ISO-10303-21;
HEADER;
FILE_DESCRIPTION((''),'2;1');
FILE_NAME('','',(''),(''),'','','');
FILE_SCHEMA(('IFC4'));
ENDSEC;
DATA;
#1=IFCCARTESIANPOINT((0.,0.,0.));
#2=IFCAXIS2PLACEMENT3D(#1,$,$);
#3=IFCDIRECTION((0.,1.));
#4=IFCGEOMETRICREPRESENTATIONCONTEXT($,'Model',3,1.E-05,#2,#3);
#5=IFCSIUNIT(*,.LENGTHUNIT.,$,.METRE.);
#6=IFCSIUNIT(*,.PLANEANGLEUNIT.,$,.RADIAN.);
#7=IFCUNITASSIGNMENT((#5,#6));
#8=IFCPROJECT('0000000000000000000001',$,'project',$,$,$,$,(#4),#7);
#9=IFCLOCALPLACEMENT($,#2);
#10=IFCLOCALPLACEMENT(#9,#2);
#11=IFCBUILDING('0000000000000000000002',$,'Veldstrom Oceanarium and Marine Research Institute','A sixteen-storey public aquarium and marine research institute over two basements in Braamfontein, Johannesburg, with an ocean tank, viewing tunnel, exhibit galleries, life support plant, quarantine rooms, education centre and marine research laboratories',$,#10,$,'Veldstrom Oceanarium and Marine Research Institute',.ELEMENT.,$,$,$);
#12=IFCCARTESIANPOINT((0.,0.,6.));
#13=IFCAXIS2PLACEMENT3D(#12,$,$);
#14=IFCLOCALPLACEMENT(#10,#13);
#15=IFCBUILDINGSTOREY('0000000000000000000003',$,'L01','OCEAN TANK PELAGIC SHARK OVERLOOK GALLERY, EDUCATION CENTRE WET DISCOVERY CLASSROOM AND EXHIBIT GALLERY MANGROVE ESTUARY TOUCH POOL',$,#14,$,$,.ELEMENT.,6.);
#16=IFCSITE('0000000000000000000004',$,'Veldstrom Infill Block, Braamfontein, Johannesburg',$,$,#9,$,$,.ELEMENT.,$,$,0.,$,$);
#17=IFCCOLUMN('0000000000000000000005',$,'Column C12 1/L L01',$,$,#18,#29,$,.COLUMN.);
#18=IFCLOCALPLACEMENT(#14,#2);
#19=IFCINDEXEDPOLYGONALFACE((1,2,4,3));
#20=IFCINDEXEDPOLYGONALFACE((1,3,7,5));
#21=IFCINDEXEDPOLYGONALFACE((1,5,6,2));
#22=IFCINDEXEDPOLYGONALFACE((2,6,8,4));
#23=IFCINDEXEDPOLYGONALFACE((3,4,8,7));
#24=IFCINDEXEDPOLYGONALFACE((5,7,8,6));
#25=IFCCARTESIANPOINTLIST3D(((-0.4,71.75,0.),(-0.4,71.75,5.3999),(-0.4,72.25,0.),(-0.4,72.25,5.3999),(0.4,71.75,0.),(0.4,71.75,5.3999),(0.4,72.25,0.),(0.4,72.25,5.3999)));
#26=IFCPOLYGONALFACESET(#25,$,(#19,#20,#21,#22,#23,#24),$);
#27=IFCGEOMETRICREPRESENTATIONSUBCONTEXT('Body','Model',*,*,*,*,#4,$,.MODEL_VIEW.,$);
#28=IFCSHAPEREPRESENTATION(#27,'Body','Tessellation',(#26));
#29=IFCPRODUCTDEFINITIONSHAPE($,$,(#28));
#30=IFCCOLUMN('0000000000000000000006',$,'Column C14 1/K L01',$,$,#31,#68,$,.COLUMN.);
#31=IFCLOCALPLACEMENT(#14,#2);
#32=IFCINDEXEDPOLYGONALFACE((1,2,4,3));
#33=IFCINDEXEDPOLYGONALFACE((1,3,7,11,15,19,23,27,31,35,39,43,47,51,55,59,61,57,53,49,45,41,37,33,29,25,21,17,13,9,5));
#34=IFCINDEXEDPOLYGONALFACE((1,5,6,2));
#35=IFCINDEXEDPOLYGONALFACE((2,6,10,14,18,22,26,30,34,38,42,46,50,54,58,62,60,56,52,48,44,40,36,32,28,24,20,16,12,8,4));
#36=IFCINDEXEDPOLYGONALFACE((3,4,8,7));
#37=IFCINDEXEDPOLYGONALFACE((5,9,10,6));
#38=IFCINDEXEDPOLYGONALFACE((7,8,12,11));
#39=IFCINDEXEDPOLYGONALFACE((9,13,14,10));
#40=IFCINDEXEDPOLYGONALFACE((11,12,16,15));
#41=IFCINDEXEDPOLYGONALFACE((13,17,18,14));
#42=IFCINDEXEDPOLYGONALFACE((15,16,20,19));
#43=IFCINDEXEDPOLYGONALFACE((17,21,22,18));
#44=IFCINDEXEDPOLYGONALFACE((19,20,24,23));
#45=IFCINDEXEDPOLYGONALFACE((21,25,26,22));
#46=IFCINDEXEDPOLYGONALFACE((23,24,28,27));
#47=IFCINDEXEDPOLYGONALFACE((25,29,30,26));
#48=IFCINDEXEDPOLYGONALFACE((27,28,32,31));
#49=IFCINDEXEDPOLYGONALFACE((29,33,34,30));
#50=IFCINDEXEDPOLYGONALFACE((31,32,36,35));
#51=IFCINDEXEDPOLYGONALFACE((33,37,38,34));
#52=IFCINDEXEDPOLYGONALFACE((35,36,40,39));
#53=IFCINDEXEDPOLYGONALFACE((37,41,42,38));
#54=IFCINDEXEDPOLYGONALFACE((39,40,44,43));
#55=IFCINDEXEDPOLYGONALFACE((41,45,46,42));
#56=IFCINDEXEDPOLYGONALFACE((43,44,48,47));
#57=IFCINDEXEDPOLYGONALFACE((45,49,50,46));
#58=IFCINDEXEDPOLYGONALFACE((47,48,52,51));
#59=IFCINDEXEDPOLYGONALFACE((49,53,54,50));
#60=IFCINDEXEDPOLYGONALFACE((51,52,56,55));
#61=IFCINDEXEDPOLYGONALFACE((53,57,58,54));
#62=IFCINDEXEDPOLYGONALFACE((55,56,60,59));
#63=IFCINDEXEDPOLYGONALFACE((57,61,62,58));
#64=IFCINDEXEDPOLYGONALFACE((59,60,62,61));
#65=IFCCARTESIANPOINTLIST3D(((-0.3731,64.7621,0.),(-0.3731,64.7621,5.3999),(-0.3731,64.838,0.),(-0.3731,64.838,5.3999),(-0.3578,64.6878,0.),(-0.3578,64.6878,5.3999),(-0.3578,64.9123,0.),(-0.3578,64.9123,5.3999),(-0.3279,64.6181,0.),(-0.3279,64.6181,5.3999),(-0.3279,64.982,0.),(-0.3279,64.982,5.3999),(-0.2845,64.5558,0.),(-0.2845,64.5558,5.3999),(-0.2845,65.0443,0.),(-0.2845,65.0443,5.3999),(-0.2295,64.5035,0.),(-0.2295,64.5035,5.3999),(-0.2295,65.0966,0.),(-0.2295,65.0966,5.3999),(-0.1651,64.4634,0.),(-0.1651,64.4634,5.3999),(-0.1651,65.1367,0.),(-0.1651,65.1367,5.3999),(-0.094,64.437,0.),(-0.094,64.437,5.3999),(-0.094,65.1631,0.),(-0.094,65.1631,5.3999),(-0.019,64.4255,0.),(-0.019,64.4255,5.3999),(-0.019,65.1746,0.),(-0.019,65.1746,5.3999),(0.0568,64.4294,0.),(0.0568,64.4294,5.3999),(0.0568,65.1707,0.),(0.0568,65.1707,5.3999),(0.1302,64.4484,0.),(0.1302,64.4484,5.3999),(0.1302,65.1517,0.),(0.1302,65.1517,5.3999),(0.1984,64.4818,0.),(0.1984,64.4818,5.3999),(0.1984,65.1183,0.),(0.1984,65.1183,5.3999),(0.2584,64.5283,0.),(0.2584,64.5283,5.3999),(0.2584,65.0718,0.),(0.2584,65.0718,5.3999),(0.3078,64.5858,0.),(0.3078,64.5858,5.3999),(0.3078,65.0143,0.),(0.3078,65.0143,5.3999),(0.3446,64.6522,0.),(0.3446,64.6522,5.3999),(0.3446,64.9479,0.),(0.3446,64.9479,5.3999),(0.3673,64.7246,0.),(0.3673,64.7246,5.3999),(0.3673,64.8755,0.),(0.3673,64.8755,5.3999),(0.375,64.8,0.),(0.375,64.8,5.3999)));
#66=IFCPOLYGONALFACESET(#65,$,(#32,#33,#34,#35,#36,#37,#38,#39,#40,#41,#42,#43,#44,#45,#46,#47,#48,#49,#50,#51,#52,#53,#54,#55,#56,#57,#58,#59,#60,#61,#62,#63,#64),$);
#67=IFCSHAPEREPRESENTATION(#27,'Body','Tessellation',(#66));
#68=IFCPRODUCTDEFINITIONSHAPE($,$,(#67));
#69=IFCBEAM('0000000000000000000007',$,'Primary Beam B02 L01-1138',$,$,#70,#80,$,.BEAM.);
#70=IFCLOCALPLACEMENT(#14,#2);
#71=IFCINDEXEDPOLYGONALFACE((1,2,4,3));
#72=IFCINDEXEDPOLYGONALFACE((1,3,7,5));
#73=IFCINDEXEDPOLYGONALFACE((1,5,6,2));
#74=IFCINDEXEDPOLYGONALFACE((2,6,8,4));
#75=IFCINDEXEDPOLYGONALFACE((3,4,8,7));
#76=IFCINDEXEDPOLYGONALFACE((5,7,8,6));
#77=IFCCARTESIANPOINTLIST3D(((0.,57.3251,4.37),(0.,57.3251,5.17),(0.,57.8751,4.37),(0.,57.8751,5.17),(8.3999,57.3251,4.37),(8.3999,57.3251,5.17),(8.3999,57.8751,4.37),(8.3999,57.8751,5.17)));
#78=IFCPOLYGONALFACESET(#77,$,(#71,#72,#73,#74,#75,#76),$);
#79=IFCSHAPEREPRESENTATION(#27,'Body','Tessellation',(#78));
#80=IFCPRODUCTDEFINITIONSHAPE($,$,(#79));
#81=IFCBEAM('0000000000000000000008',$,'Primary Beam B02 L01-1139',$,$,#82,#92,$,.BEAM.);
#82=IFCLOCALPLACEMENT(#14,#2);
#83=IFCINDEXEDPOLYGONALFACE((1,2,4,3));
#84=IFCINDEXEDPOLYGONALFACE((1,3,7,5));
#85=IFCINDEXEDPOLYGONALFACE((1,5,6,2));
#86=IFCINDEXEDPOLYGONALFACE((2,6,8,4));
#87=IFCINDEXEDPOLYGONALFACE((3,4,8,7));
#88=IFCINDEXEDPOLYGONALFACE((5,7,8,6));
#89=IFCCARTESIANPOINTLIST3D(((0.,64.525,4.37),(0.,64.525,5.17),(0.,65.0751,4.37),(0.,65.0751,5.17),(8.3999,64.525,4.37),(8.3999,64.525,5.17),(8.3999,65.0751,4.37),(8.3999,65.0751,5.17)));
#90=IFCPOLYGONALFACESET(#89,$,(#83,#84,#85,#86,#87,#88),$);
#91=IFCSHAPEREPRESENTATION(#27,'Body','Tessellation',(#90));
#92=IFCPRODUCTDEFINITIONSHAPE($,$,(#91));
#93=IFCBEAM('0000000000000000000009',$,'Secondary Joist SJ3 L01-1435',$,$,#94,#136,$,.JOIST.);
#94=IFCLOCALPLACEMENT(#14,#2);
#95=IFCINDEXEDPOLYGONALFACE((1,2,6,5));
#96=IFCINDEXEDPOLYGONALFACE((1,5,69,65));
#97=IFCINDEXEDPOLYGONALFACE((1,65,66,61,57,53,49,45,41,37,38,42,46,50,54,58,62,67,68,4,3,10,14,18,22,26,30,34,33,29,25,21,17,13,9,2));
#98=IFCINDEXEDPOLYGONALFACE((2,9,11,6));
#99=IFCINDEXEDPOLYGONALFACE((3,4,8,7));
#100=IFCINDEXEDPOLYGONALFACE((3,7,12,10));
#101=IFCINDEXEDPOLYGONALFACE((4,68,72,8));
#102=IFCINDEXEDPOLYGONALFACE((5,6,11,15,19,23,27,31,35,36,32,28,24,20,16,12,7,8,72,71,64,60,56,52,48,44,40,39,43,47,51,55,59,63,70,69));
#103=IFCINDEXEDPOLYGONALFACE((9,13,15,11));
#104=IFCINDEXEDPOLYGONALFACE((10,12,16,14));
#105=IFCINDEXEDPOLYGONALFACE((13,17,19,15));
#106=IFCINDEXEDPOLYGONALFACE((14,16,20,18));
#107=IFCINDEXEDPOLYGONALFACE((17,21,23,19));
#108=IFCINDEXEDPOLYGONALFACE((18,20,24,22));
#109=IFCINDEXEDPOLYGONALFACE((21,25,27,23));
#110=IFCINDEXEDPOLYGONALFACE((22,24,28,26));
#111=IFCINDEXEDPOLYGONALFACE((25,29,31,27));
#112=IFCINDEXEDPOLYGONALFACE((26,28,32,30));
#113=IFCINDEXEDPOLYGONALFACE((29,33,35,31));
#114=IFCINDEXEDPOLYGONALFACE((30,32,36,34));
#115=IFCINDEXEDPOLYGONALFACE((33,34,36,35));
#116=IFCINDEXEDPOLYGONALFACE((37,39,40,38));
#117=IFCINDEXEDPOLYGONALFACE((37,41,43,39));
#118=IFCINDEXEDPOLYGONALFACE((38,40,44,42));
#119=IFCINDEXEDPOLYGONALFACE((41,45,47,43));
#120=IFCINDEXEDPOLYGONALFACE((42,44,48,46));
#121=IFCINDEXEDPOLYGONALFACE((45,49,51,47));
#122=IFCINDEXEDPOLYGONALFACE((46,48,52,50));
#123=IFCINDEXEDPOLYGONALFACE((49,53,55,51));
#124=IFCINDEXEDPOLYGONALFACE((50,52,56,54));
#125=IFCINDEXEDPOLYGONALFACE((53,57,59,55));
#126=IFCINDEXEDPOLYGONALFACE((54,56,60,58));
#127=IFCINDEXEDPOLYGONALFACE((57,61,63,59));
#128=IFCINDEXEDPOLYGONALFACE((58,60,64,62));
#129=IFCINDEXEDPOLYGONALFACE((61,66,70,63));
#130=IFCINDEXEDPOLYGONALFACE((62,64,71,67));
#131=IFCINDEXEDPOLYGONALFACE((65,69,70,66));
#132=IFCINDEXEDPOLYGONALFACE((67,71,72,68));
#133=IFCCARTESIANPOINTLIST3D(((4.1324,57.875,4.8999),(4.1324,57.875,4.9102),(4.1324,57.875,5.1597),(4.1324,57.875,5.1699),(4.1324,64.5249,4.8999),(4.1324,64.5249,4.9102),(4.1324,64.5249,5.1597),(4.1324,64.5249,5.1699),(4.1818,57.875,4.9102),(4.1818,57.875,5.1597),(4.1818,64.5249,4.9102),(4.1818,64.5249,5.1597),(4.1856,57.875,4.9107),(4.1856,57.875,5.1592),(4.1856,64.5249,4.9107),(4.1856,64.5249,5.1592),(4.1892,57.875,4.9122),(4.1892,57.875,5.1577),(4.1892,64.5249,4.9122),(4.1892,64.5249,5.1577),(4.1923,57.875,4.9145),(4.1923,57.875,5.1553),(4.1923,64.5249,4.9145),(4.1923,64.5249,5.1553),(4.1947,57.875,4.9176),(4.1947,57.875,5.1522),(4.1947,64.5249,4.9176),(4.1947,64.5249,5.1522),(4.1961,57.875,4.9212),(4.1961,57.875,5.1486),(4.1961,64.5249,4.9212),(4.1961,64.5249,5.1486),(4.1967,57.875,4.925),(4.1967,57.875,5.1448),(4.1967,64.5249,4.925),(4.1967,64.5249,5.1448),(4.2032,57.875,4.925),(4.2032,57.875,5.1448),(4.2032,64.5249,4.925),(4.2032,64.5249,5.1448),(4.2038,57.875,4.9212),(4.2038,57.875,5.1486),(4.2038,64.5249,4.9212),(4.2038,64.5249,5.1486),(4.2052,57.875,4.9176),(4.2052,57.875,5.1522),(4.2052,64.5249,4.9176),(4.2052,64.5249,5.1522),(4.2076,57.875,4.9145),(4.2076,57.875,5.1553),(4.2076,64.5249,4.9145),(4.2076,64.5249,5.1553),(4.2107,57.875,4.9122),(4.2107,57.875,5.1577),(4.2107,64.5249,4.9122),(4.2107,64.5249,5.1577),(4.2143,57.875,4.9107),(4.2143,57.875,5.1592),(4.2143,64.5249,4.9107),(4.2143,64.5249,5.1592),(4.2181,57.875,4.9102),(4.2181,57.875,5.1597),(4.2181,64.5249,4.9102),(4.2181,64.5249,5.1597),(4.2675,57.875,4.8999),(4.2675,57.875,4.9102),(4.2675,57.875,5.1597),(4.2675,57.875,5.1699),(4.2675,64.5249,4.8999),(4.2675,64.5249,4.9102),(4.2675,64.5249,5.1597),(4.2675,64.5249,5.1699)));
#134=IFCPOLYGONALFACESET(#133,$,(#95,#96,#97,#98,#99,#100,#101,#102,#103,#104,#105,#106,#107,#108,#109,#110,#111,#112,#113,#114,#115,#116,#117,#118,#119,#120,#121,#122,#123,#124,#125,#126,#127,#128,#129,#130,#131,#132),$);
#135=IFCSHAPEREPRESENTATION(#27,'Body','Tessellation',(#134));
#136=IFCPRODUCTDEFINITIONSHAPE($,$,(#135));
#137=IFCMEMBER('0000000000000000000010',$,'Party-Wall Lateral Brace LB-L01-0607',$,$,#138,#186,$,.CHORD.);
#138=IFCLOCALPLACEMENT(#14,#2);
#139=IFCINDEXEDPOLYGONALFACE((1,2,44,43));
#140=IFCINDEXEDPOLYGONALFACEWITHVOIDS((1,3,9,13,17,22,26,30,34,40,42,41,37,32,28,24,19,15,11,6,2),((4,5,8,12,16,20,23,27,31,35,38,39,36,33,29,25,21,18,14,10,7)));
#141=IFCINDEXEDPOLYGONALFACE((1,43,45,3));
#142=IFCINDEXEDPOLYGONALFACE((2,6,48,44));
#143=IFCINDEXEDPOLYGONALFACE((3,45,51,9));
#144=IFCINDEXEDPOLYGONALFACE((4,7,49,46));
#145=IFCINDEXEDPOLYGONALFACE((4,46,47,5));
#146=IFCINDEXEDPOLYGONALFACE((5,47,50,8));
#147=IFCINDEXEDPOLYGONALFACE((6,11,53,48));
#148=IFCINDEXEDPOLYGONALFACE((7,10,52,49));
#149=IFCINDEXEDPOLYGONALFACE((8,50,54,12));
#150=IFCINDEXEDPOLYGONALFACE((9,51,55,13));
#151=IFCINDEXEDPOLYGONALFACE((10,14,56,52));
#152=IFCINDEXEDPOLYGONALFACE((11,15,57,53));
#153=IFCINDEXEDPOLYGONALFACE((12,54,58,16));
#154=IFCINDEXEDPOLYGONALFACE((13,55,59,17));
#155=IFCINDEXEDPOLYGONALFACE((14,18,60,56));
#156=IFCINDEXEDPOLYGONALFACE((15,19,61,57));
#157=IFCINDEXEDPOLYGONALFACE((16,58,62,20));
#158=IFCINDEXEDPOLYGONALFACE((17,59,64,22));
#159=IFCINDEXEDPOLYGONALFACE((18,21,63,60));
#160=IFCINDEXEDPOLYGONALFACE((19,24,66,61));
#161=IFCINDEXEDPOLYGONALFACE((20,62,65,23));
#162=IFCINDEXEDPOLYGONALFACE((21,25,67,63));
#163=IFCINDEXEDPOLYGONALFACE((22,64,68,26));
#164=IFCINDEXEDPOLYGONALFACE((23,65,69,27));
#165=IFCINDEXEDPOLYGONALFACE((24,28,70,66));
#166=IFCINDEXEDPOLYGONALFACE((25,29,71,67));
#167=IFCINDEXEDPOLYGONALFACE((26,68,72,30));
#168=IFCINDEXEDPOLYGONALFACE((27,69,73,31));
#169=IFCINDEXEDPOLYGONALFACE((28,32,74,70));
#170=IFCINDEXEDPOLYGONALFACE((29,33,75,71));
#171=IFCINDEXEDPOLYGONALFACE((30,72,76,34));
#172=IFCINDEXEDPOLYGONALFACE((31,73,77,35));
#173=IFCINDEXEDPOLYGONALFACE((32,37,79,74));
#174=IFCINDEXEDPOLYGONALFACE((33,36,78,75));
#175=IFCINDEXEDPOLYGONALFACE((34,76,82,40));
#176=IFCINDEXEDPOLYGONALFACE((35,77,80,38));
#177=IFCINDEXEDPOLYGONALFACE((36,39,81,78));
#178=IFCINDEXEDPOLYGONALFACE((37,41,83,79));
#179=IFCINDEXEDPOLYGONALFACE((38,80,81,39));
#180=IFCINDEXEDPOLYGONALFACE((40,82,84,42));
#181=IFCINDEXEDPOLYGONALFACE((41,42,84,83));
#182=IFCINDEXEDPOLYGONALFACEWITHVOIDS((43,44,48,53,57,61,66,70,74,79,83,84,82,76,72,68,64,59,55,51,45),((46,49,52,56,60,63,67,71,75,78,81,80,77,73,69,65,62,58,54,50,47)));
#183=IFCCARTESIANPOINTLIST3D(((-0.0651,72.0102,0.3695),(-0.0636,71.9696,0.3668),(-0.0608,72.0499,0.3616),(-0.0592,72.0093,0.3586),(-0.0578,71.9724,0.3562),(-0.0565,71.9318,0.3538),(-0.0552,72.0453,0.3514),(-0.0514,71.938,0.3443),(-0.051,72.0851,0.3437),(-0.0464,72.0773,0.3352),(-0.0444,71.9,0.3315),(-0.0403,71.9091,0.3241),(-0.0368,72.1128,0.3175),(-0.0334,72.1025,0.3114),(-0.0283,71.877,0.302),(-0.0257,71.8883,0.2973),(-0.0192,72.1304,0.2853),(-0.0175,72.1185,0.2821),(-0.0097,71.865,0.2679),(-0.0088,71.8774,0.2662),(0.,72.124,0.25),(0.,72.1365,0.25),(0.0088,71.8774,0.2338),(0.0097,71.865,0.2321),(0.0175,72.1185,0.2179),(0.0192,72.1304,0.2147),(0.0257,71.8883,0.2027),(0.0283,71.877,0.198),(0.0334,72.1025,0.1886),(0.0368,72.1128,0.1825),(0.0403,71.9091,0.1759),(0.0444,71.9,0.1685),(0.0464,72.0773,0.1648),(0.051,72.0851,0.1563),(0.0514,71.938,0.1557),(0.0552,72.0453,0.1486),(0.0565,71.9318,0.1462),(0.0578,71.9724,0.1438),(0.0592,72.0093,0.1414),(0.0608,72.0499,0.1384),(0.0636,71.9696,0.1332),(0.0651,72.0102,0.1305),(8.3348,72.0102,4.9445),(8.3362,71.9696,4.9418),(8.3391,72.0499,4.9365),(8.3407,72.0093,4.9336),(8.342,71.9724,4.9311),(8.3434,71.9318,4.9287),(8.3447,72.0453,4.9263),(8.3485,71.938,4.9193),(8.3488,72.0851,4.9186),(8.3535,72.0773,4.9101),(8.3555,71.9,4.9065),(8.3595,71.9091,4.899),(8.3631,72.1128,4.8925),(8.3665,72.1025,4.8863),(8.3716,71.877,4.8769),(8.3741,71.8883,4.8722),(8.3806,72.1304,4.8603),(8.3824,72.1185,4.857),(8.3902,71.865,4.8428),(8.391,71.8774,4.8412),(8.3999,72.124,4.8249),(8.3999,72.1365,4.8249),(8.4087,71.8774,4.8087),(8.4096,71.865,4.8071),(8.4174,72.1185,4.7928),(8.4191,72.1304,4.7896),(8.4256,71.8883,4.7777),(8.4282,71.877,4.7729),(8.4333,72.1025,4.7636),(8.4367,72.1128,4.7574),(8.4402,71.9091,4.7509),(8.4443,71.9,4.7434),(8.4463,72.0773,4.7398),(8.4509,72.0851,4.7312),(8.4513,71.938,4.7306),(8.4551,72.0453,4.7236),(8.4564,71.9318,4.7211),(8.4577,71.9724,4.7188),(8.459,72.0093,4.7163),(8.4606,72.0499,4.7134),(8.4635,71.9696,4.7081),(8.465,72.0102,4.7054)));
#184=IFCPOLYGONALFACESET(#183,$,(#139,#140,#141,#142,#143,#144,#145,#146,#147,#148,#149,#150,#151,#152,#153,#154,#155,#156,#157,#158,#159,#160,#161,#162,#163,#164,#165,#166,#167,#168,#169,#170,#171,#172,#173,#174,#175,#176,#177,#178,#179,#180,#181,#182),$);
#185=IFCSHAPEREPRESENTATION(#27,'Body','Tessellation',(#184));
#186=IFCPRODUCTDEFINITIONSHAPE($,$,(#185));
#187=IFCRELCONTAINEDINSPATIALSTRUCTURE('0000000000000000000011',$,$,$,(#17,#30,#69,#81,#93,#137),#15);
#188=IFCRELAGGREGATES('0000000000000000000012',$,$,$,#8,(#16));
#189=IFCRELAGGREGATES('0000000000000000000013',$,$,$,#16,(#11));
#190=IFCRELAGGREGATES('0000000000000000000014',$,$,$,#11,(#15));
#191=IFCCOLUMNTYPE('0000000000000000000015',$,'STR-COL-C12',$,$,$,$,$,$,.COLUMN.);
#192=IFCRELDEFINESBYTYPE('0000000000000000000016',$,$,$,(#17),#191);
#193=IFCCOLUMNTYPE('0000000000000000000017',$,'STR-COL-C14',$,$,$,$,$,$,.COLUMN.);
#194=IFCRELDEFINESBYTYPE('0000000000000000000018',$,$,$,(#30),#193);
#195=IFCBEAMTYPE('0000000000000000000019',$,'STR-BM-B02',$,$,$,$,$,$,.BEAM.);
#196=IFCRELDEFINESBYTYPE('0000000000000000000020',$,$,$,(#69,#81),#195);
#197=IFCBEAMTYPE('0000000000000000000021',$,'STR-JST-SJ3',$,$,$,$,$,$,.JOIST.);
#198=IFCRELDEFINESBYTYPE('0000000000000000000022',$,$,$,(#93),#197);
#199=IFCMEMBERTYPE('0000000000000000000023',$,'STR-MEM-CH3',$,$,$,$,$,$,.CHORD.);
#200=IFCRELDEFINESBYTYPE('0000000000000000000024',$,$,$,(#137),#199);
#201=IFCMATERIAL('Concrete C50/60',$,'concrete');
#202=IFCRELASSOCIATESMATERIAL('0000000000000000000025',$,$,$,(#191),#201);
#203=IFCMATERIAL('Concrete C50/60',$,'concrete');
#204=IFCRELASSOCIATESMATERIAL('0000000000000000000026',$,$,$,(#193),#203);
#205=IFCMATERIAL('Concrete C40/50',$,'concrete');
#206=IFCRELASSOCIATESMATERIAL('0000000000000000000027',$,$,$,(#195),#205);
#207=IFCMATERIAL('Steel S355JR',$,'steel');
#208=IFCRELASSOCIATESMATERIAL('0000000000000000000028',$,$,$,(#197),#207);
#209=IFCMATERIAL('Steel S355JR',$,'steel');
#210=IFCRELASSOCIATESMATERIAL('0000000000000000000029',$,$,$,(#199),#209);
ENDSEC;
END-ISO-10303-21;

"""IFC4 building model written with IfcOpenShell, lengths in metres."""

from ifc_helpers import new_model, si_unit, direction, frame, origin, origin_2d, place, context, subcontext, project, spatial, rectangle, circle, hollow_circle, i_section, extrude, material, material_profile, profile_set, type_object, element, save


model = new_model("IFC4")

# Units and contexts
model_context = context("Model", 3, precision=1e-05, world=origin(), true_north=direction((0.0, 1.0)))
body_context = subcontext(model_context, "Body", "Model", "MODEL_VIEW")
ifc_project = project(units=[si_unit("LENGTHUNIT", "METRE"), si_unit("PLANEANGLEUNIT", "RADIAN")], contexts=[model_context])

# Site, building, storey
site_placement = place(None, origin())
site = spatial("IfcSite", under=ifc_project, at=site_placement, Name="Veldstrom Infill Block, Braamfontein, Johannesburg", CompositionType="ELEMENT", RefElevation=0.0)
building_placement = place(site_placement, origin())
building = spatial("IfcBuilding", under=site, at=building_placement, Name="Veldstrom Oceanarium and Marine Research Institute", Description="A sixteen-storey public aquarium and marine research institute over two basements in Braamfontein, Johannesburg, with an ocean tank, viewing tunnel, exhibit galleries, life support plant, quarantine rooms, education centre and marine research laboratories", LongName="Veldstrom Oceanarium and Marine Research Institute", CompositionType="ELEMENT")
storey_placement = place(building_placement, frame((0.0, 0.0, 6.0)))
storey = spatial("IfcBuildingStorey", under=building, at=storey_placement, Name="L01", Description="OCEAN TANK PELAGIC SHARK OVERLOOK GALLERY, EDUCATION CENTRE WET DISCOVERY CLASSROOM AND EXHIBIT GALLERY MANGROVE ESTUARY TOUCH POOL", CompositionType="ELEMENT", Elevation=6.0)

# Columns
ifc_material_1 = material(Name="Concrete C50/60", Category="concrete")
ifc_material_profile_1 = material_profile(ifc_material_1, rectangle(XDim=0.5, YDim=0.8, at=origin_2d()), Name="RC-COL-800x500")
ifc_profile_set_1 = profile_set([ifc_material_profile_1], Name="Concrete C50/60")
column_type_1 = type_object("IfcColumnType", Name="STR-COL-C12", PredefinedType="COLUMN", material=ifc_profile_set_1)
column_1_placement = place(storey_placement, frame((0.0, 72.0, 0.0), z_axis=(0.0, 0.0, 1.0), x_axis=(0.0, 1.0, 0.0)))
element("IfcColumn", 1, at=column_1_placement, inside=storey, type_object=column_type_1, Name="Column C12 1/L L01", PredefinedType="COLUMN", context=body_context, shape_type="SweptSolid", body=[
    extrude(rectangle(XDim=0.5, YDim=0.8, at=origin_2d()), origin(), (0.0, 0.0, 1.0), 5.3999),
])
ifc_material_2 = material(Name="Concrete C50/60", Category="concrete")
ifc_material_profile_2 = material_profile(ifc_material_2, circle(Radius=0.375, at=origin_2d()), Name="RC-COL-D750")
ifc_profile_set_2 = profile_set([ifc_material_profile_2], Name="Concrete C50/60")
column_type_2 = type_object("IfcColumnType", Name="STR-COL-C14", PredefinedType="COLUMN", material=ifc_profile_set_2)
column_2_placement = place(storey_placement, frame((0.0, 64.8, 0.0), z_axis=(0.0, 0.0, 1.0), x_axis=(1.0, 0.0, 0.0)))
element("IfcColumn", 2, at=column_2_placement, inside=storey, type_object=column_type_2, Name="Column C14 1/K L01", PredefinedType="COLUMN", context=body_context, shape_type="SweptSolid", body=[
    extrude(circle(Radius=0.375, at=origin_2d()), origin(), (0.0, 0.0, 1.0), 5.3999),
])

# Beams
ifc_material_3 = material(Name="Concrete C40/50", Category="concrete")
ifc_material_profile_3 = material_profile(ifc_material_3, rectangle(XDim=0.55, YDim=0.8, at=origin_2d()), Name="RC-BM-550x800")
ifc_profile_set_3 = profile_set([ifc_material_profile_3], Name="Concrete C40/50")
beam_type_1 = type_object("IfcBeamType", Name="STR-BM-B02", PredefinedType="BEAM", material=ifc_profile_set_3)
for number, where, z_axis, x_axis, name in (
    (3, (0.0, 57.6001, 4.77), (1.0, 0.0, 0.0), (0.0, 1.0, 0.0), "Primary Beam B02 L01-1138"),
    (4, (0.0, 64.8, 4.77), (1.0, 0.0, 0.0), (0.0, 1.0, 0.0), "Primary Beam B02 L01-1139"),
):
    element("IfcBeam", number, at=place(storey_placement, frame(where, z_axis=z_axis, x_axis=x_axis)), inside=storey, type_object=beam_type_1, Name=name, PredefinedType="BEAM", context=body_context, shape_type="SweptSolid", body=[
        extrude(rectangle(XDim=0.55, YDim=0.8, at=origin_2d()), origin(), (0.0, 0.0, 1.0), 8.3999),
    ])
ifc_material_4 = material(Name="Steel S355JR", Category="steel")
ifc_material_profile_4 = material_profile(ifc_material_4, i_section(OverallWidth=0.135, OverallDepth=0.27, WebThickness=0.0066, FlangeThickness=0.0103, FilletRadius=0.0149, at=origin_2d()), Name="IPE 270")
ifc_profile_set_4 = profile_set([ifc_material_profile_4], Name="Steel S355JR")
beam_type_2 = type_object("IfcBeamType", Name="STR-JST-SJ3", PredefinedType="JOIST", material=ifc_profile_set_4)
beam_1_placement = place(storey_placement, frame((4.2, 57.875, 5.0349), z_axis=(0.0, 1.0, 0.0), x_axis=(-1.0, 0.0, 0.0)))
element("IfcBeam", 5, at=beam_1_placement, inside=storey, type_object=beam_type_2, Name="Secondary Joist SJ3 L01-1435", PredefinedType="JOIST", context=body_context, shape_type="SweptSolid", body=[
    extrude(i_section(OverallWidth=0.135, OverallDepth=0.27, WebThickness=0.0066, FlangeThickness=0.0103, FilletRadius=0.0149, at=origin_2d()), origin(), (0.0, 0.0, 1.0), 6.6499),
])

# Member
ifc_material_5 = material(Name="Steel S355JR", Category="steel")
ifc_material_profile_5 = material_profile(ifc_material_5, hollow_circle(Radius=0.1365, WallThickness=0.0125, at=origin_2d()), Name="CHS 273x12.5")
ifc_profile_set_5 = profile_set([ifc_material_profile_5], Name="Steel S355JR")
member_type = type_object("IfcMemberType", Name="STR-MEM-CH3", PredefinedType="CHORD", material=ifc_profile_set_5)
member_placement = place(storey_placement, frame((0.0, 72.0, 0.25), z_axis=(0.878195, 0.0, 0.478303), x_axis=(0.0, 1.0, 0.0)))
element("IfcMember", 6, at=member_placement, inside=storey, type_object=member_type, Name="Party-Wall Lateral Brace LB-L01-0607", PredefinedType="CHORD", context=body_context, shape_type="SweptSolid", body=[
    extrude(hollow_circle(Radius=0.1365, WallThickness=0.0125, at=origin_2d()), origin(), (0.0, 0.0, 1.0), 9.5649),
])

save(model, "model.ifc")
